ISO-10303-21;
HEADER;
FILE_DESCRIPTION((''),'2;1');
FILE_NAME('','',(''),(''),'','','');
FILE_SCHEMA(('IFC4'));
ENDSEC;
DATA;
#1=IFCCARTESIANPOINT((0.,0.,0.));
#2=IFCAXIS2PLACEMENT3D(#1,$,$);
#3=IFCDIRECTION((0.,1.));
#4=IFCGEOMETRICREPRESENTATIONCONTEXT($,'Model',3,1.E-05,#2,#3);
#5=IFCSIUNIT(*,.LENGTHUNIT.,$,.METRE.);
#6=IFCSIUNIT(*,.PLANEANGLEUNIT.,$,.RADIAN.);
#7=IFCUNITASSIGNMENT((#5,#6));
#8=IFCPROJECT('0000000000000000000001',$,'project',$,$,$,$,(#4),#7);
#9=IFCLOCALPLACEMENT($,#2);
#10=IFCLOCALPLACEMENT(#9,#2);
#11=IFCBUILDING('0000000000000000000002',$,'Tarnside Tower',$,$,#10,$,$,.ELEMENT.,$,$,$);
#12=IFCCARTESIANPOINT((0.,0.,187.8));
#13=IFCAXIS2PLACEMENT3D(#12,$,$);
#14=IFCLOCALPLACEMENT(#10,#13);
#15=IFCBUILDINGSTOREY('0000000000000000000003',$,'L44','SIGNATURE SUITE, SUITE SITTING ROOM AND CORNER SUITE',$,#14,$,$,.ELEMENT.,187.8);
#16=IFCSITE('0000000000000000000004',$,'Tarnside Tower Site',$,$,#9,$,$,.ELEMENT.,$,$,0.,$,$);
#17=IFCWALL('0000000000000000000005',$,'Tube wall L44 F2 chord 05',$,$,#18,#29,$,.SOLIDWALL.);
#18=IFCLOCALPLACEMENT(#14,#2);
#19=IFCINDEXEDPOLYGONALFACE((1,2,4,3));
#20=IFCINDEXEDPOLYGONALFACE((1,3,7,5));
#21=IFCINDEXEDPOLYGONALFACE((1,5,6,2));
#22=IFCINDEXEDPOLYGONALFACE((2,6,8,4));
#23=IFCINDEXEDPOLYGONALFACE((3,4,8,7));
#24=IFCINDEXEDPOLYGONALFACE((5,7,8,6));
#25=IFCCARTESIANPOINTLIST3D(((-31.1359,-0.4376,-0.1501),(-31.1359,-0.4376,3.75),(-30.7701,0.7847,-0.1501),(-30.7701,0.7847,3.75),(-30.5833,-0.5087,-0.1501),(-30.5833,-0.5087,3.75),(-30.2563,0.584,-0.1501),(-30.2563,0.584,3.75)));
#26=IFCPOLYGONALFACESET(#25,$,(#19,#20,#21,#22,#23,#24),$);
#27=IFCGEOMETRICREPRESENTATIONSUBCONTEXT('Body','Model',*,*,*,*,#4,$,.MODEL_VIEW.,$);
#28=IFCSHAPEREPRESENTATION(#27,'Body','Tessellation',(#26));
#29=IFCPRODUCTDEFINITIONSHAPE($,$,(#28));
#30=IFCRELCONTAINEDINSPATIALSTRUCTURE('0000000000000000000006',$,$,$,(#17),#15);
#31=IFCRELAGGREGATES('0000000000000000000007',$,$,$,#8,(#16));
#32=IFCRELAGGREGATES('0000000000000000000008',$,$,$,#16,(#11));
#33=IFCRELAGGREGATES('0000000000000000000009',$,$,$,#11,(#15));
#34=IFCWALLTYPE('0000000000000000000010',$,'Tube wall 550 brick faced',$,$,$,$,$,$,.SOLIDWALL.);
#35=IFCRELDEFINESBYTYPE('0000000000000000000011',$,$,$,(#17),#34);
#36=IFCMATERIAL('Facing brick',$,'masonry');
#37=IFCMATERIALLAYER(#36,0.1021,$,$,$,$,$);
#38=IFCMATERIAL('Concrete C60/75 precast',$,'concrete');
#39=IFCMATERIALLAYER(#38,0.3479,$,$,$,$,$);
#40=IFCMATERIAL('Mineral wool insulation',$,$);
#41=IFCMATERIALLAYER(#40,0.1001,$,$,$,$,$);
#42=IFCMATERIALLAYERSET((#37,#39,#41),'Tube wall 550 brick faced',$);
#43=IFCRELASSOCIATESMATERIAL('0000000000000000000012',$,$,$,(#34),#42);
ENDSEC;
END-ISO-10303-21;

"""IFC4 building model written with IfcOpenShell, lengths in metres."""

from ifc_helpers import new_model, si_unit, direction, frame, origin, place, context, subcontext, project, spatial, polyline, outline, extrude, material, layer, layer_set, type_object, element, save


model = new_model("IFC4")

# Units and contexts
model_context = context("Model", 3, precision=1e-05, world=origin(), true_north=direction((0.0, 1.0)))
body_context = subcontext(model_context, "Body", "Model", "MODEL_VIEW")
ifc_project = project(units=[si_unit("LENGTHUNIT", "METRE"), si_unit("PLANEANGLEUNIT", "RADIAN")], contexts=[model_context])

# Site, building, storey
site_placement = place(None, origin())
site = spatial("IfcSite", under=ifc_project, at=site_placement, Name="Tarnside Tower Site", CompositionType="ELEMENT", RefElevation=0.0)
building_placement = place(site_placement, origin())
building = spatial("IfcBuilding", under=site, at=building_placement, Name="Tarnside Tower", CompositionType="ELEMENT")
storey_placement = place(building_placement, frame((0.0, 0.0, 187.8)))
storey = spatial("IfcBuildingStorey", under=building, at=storey_placement, Name="L44", Description="SIGNATURE SUITE, SUITE SITTING ROOM AND CORNER SUITE", CompositionType="ELEMENT", Elevation=187.8)

# Wall
ifc_material_1 = material(Name="Facing brick", Category="masonry")
ifc_layer_1 = layer(ifc_material_1, 0.1021)
ifc_material_2 = material(Name="Concrete C60/75 precast", Category="concrete")
ifc_layer_2 = layer(ifc_material_2, 0.3479)
ifc_material_3 = material(Name="Mineral wool insulation")
ifc_layer_3 = layer(ifc_material_3, 0.1001)
ifc_layer_set_1 = layer_set([ifc_layer_1, ifc_layer_2, ifc_layer_3], Name="Tube wall 550 brick faced")
wall_type_1 = type_object("IfcWallType", Name="Tube wall 550 brick faced", PredefinedType="SOLIDWALL", material=ifc_layer_set_1)
wall_1_placement = place(storey_placement, frame((-30.5132, 0.6843, -0.1501), z_axis=(0.0, 0.0, 1.0), x_axis=(-0.286736, -0.95801, 0.0)))
element("IfcWall", 1, at=wall_1_placement, inside=storey, type_object=wall_type_1, Name="Tube wall L44 F2 chord 05", PredefinedType="SOLIDWALL", context=body_context, shape_type="SweptSolid", body=[
    extrude(outline(polyline([(-0.0225, -0.2749), (1.2534, -0.2749), (1.1631, 0.2749), (0.0225, 0.2749), (-0.0225, -0.2749)])), origin(), (0.0, 0.0, 1.0), 3.9001),
])

save(model, "model.ifc")
